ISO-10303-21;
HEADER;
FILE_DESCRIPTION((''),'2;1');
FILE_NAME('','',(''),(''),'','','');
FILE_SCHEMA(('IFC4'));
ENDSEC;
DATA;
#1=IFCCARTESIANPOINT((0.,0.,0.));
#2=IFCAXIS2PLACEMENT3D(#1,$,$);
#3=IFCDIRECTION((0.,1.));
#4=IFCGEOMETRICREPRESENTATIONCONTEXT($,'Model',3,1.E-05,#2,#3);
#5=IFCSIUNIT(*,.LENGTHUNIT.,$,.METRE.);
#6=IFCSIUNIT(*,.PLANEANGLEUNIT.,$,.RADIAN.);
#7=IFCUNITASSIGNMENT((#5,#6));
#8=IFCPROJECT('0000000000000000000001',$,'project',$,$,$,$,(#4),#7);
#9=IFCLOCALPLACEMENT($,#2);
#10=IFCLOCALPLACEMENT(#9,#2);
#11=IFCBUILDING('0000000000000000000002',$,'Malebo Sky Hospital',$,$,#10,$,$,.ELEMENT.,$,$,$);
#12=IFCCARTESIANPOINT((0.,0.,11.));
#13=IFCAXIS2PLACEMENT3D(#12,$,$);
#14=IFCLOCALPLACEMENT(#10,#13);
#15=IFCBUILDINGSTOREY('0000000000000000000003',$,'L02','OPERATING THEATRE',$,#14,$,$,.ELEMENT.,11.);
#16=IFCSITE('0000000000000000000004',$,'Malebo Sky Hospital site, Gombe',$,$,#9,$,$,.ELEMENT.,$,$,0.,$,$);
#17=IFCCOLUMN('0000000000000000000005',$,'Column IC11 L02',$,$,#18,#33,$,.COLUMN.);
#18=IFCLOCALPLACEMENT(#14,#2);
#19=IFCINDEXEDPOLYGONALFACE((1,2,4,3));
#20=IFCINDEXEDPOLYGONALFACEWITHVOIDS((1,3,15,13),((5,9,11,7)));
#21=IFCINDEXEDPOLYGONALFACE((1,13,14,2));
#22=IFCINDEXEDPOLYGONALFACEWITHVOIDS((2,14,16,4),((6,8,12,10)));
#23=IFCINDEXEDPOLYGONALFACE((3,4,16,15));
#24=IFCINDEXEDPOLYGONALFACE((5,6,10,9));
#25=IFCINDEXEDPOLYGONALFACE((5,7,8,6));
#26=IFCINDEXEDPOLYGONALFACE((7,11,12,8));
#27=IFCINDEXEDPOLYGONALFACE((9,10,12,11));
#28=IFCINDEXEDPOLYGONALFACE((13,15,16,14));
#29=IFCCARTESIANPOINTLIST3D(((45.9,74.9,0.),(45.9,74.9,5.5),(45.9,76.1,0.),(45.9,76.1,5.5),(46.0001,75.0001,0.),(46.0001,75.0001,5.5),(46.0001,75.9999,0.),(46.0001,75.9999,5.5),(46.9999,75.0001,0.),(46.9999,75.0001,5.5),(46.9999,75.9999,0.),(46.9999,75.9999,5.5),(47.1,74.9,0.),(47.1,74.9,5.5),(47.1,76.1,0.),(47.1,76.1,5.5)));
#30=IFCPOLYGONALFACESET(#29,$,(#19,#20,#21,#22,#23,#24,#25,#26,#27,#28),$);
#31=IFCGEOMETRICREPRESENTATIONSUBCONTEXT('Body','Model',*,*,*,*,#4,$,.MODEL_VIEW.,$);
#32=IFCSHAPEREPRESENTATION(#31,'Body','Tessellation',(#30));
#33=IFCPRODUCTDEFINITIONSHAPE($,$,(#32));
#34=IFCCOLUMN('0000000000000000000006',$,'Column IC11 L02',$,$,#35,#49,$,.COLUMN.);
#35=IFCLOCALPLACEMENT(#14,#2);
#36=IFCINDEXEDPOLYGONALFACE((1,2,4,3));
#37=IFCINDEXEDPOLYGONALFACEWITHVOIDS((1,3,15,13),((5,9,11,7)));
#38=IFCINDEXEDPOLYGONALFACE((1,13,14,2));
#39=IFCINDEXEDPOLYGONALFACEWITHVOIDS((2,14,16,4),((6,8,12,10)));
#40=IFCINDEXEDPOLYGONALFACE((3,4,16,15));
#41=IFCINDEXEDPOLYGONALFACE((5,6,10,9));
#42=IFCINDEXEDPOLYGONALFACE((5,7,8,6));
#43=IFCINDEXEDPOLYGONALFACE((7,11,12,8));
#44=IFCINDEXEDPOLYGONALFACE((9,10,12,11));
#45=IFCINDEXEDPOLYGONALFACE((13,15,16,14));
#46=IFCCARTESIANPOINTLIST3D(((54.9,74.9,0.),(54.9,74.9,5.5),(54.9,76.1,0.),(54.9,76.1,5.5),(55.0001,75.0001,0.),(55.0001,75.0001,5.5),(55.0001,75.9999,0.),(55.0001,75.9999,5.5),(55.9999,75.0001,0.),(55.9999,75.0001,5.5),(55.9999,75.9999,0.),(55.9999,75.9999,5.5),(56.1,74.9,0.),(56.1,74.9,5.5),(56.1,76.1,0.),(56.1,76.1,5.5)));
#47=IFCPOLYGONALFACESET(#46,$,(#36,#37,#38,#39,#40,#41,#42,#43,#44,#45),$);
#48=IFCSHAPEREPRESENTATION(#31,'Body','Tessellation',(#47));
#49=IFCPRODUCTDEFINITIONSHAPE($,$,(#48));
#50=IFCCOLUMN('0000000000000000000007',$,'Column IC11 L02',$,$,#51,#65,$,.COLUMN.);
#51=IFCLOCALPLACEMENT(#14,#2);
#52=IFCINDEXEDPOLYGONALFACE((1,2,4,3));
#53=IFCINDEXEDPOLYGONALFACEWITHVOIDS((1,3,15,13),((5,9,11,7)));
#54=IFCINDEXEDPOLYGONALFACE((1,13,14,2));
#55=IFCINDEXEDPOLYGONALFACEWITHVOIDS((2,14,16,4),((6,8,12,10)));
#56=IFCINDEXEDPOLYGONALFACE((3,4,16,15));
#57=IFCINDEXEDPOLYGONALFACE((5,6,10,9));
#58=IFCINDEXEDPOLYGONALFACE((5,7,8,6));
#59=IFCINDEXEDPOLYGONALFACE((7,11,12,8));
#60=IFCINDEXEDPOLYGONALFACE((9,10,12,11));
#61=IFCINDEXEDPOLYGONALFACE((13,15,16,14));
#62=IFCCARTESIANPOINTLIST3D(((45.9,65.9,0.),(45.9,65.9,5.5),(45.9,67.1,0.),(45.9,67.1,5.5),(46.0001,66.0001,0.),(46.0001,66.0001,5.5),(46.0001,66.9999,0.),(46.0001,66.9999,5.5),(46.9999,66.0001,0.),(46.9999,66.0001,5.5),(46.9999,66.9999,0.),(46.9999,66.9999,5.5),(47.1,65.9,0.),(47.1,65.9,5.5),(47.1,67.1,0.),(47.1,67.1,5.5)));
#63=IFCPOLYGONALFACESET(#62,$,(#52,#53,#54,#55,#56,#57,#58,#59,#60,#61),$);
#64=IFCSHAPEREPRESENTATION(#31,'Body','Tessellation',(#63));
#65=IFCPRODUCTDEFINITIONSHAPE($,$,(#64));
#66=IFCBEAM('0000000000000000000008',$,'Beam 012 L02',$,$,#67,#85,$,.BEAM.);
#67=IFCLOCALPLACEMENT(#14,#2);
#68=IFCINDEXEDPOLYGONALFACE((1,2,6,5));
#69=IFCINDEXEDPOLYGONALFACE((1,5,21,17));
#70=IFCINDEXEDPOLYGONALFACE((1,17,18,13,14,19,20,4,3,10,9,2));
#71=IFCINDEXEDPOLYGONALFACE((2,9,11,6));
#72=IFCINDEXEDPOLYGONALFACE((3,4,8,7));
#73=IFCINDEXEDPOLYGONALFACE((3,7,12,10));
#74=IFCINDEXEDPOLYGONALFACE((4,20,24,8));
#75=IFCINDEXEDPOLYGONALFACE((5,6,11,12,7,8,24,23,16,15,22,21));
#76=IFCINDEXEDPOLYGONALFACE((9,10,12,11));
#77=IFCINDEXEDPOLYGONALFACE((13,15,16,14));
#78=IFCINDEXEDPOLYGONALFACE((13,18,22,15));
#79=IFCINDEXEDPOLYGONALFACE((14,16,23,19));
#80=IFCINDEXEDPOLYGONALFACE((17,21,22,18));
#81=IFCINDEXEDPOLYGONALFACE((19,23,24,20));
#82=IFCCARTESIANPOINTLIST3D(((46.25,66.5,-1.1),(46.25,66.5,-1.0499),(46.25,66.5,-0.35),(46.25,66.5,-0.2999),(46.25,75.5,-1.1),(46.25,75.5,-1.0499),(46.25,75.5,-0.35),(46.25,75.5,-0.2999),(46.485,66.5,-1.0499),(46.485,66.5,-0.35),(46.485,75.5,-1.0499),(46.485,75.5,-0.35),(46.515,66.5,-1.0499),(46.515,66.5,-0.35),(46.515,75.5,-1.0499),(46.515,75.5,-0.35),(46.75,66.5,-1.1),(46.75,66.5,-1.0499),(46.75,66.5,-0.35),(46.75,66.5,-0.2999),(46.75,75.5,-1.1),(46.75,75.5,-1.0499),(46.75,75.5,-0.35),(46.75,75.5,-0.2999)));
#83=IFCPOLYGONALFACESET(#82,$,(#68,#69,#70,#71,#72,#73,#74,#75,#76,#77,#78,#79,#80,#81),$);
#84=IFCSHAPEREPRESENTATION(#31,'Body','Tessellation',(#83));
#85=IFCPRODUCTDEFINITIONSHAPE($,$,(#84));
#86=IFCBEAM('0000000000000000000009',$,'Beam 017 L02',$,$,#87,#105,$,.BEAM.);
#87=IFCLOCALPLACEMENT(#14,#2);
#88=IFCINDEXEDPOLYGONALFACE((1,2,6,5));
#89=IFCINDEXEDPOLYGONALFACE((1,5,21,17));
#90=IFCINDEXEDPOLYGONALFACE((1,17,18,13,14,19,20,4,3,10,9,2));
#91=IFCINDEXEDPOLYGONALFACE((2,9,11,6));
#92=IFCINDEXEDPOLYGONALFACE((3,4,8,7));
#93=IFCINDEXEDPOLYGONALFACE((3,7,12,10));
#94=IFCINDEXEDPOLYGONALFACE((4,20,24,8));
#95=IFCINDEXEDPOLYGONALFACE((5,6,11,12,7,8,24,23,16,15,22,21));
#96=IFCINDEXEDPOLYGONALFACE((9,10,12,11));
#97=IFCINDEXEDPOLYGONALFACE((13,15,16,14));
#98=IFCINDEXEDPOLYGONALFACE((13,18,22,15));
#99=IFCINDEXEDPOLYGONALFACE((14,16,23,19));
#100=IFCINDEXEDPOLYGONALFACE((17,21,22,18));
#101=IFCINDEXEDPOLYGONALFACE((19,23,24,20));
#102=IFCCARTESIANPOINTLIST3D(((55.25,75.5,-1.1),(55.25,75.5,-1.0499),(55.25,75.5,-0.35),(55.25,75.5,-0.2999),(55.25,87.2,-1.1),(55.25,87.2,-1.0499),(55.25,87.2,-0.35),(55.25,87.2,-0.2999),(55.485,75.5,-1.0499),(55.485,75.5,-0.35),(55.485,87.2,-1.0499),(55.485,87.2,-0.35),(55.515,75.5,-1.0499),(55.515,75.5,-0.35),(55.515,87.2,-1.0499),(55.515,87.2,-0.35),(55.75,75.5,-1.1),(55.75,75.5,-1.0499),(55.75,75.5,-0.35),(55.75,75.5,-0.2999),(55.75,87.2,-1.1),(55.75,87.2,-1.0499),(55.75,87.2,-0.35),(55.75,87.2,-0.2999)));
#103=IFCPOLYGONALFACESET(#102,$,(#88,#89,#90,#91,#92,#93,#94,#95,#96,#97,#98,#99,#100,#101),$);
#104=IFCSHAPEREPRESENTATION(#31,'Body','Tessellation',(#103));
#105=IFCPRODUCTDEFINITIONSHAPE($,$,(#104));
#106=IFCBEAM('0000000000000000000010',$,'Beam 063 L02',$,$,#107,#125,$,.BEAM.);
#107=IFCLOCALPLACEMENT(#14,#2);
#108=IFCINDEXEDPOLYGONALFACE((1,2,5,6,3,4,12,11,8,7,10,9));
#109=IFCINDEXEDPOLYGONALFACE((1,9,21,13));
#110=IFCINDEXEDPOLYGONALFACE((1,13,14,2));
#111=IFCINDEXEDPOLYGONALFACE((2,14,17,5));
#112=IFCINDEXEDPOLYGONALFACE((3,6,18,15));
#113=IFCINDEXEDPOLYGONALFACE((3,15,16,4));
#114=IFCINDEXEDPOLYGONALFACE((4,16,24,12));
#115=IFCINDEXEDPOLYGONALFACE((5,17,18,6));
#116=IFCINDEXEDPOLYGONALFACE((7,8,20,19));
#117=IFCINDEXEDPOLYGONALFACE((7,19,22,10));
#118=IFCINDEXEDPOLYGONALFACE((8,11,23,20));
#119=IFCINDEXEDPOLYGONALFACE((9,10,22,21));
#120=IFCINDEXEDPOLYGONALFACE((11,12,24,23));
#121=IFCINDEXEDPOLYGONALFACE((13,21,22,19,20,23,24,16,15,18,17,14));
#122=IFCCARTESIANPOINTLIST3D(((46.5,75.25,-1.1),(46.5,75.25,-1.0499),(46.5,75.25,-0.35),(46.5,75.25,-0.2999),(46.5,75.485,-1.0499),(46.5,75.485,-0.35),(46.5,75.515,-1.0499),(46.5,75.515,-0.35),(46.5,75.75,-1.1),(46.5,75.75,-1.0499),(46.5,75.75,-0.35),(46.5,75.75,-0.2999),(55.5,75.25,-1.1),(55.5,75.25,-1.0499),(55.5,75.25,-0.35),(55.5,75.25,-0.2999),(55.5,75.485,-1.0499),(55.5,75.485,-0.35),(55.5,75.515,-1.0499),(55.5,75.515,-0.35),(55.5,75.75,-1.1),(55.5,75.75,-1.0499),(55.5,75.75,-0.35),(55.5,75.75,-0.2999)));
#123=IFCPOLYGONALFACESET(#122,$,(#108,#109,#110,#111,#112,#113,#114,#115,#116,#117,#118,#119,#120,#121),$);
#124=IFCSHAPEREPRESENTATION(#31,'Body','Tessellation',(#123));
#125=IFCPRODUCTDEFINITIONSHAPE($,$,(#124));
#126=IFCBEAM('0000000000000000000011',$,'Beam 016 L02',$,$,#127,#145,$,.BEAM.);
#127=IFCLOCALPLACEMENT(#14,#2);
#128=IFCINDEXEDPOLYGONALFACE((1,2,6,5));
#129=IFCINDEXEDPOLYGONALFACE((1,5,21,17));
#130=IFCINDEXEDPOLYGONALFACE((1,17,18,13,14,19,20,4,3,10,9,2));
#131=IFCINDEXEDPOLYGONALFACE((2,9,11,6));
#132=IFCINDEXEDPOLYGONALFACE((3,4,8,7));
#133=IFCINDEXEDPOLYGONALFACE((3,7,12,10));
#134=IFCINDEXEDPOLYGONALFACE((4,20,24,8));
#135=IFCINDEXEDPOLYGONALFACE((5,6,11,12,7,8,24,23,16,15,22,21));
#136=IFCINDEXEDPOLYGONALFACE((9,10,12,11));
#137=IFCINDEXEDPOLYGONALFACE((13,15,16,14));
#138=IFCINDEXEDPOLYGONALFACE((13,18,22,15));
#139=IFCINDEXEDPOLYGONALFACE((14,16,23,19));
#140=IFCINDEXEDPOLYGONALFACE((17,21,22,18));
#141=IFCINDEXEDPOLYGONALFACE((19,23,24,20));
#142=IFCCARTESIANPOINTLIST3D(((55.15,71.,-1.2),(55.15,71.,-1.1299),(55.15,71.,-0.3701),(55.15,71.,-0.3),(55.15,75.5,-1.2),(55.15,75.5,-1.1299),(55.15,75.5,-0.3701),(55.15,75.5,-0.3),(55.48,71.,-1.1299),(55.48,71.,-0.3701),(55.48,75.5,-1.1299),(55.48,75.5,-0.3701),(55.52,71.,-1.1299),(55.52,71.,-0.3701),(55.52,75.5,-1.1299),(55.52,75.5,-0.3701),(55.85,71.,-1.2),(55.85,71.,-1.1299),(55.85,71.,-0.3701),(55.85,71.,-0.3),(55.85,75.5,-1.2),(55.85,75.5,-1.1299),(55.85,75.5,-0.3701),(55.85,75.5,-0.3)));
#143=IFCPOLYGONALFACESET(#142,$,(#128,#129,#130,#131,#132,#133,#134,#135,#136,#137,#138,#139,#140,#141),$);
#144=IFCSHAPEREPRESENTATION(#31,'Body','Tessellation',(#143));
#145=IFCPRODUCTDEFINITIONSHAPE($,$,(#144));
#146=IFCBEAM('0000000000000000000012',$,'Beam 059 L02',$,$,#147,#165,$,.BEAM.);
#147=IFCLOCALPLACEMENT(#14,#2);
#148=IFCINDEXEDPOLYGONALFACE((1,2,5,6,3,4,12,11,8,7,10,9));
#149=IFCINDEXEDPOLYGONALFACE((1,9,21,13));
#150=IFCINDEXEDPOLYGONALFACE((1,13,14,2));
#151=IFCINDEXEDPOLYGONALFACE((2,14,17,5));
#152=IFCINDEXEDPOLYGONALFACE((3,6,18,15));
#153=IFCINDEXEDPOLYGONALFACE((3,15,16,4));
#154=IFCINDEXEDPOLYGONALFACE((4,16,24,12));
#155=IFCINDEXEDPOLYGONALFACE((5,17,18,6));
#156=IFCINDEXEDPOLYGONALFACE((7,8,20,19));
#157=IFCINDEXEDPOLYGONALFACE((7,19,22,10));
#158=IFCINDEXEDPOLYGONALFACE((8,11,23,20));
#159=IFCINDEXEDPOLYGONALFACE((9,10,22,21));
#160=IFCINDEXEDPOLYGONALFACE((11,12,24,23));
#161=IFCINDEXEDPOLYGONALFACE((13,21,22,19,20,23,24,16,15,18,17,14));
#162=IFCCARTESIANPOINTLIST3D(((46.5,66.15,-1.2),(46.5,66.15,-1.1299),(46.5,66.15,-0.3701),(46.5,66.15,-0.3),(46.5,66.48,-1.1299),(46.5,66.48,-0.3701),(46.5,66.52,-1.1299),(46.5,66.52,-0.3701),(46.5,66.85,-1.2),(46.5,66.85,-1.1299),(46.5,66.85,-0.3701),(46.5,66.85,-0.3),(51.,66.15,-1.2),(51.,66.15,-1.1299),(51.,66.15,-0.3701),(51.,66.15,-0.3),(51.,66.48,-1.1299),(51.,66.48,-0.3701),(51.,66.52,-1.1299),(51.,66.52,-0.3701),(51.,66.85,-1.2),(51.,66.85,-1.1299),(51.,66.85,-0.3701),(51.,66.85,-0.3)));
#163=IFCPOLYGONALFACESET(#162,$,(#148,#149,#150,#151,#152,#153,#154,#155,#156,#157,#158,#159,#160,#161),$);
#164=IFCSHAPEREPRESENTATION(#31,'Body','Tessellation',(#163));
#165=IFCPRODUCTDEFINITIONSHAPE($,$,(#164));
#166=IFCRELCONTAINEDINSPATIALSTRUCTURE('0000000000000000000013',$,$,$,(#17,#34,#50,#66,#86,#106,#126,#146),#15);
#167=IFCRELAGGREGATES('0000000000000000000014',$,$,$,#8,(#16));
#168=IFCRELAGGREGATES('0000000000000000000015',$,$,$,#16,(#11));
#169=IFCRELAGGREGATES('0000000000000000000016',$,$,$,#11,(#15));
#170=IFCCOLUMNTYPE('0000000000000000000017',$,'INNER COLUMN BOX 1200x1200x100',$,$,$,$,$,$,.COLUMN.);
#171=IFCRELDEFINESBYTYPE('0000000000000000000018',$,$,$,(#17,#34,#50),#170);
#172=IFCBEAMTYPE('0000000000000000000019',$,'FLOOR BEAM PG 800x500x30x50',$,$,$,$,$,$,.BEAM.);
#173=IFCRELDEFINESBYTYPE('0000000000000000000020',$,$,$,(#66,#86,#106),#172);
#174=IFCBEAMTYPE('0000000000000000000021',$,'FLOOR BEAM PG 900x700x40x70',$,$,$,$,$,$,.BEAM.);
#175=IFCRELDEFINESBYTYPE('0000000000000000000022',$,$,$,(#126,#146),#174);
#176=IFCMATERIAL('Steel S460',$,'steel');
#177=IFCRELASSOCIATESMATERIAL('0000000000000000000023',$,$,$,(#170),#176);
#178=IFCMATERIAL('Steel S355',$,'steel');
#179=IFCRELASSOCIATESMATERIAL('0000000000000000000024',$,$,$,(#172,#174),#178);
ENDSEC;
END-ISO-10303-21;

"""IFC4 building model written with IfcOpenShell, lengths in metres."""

from ifc_helpers import new_model, si_unit, direction, frame, origin, origin_2d, place, context, subcontext, project, spatial, hollow_rectangle, i_section, extrude, material, material_profile, profile_set, type_object, element, save


model = new_model("IFC4")

# Units and contexts
model_context = context("Model", 3, precision=1e-05, world=origin(), true_north=direction((0.0, 1.0)))
body_context = subcontext(model_context, "Body", "Model", "MODEL_VIEW")
ifc_project = project(units=[si_unit("LENGTHUNIT", "METRE"), si_unit("PLANEANGLEUNIT", "RADIAN")], contexts=[model_context])

# Site, building, storey
site_placement = place(None, origin())
site = spatial("IfcSite", under=ifc_project, at=site_placement, Name="Malebo Sky Hospital site, Gombe", CompositionType="ELEMENT", RefElevation=0.0)
building_placement = place(site_placement, origin())
building = spatial("IfcBuilding", under=site, at=building_placement, Name="Malebo Sky Hospital", CompositionType="ELEMENT")
storey_placement = place(building_placement, frame((0.0, 0.0, 11.0)))
storey = spatial("IfcBuildingStorey", under=building, at=storey_placement, Name="L02", Description="OPERATING THEATRE", CompositionType="ELEMENT", Elevation=11.0)

# Columns
ifc_material_1 = material(Name="Steel S460", Category="steel")
ifc_material_profile_1 = material_profile(ifc_material_1, hollow_rectangle(XDim=1.2, YDim=1.2, WallThickness=0.1001, at=origin_2d()), Name="BOX 1200x1200x100")
ifc_profile_set_1 = profile_set([ifc_material_profile_1], Name="Steel S460")
column_type = type_object("IfcColumnType", Name="INNER COLUMN BOX 1200x1200x100", PredefinedType="COLUMN", material=ifc_profile_set_1)
for number, where, z_axis, x_axis, name in (
    (1, (46.5, 75.5, 0.0), (0.0, 0.0, 1.0), (1.0, 0.0, 0.0), "Column IC11 L02"),
    (2, (55.5, 75.5, 0.0), (0.0, 0.0, 1.0), (1.0, 0.0, 0.0), "Column IC11 L02"),
    (3, (46.5, 66.5, 0.0), (0.0, 0.0, 1.0), (1.0, 0.0, 0.0), "Column IC11 L02"),
):
    element("IfcColumn", number, at=place(storey_placement, frame(where, z_axis=z_axis, x_axis=x_axis)), inside=storey, type_object=column_type, Name=name, PredefinedType="COLUMN", context=body_context, shape_type="SweptSolid", body=[
        extrude(hollow_rectangle(XDim=1.2, YDim=1.2, WallThickness=0.1001, at=origin_2d()), origin(), (0.0, 0.0, 1.0), 5.5),
    ])

# Beams
ifc_material_2 = material(Name="Steel S355", Category="steel")
ifc_material_profile_2 = material_profile(ifc_material_2, i_section(OverallWidth=0.5, OverallDepth=0.8, WebThickness=0.03, FlangeThickness=0.05, at=origin_2d()), Name="PG 800x500x30x50")
ifc_profile_set_2 = profile_set([ifc_material_profile_2], Name="Steel S355")
beam_type_1 = type_object("IfcBeamType", Name="FLOOR BEAM PG 800x500x30x50", PredefinedType="BEAM", material=ifc_profile_set_2)
beam_1_placement = place(storey_placement, frame((46.5, 66.5, -0.7), z_axis=(0.0, 1.0, 0.0), x_axis=(-1.0, 0.0, 0.0)))
element("IfcBeam", 4, at=beam_1_placement, inside=storey, type_object=beam_type_1, Name="Beam 012 L02", PredefinedType="BEAM", context=body_context, shape_type="SweptSolid", body=[
    extrude(i_section(OverallWidth=0.5, OverallDepth=0.8, WebThickness=0.03, FlangeThickness=0.05, at=origin_2d()), origin(), (0.0, 0.0, 1.0), 9.0),
])
beam_2_placement = place(storey_placement, frame((55.5, 75.5, -0.7), z_axis=(0.0, 1.0, 0.0), x_axis=(-1.0, 0.0, 0.0)))
element("IfcBeam", 5, at=beam_2_placement, inside=storey, type_object=beam_type_1, Name="Beam 017 L02", PredefinedType="BEAM", context=body_context, shape_type="SweptSolid", body=[
    extrude(i_section(OverallWidth=0.5, OverallDepth=0.8, WebThickness=0.03, FlangeThickness=0.05, at=origin_2d()), origin(), (0.0, 0.0, 1.0), 11.7),
])
beam_3_placement = place(storey_placement, frame((46.5, 75.5, -0.7), z_axis=(1.0, 0.0, 0.0), x_axis=(0.0, 1.0, 0.0)))
element("IfcBeam", 6, at=beam_3_placement, inside=storey, type_object=beam_type_1, Name="Beam 063 L02", PredefinedType="BEAM", context=body_context, shape_type="SweptSolid", body=[
    extrude(i_section(OverallWidth=0.5, OverallDepth=0.8, WebThickness=0.03, FlangeThickness=0.05, at=origin_2d()), origin(), (0.0, 0.0, 1.0), 9.0),
])
ifc_material_profile_3 = material_profile(ifc_material_2, i_section(OverallWidth=0.7, OverallDepth=0.8999, WebThickness=0.04, FlangeThickness=0.0701, at=origin_2d()), Name="PG 900x700x40x70")
ifc_profile_set_3 = profile_set([ifc_material_profile_3], Name="Steel S355")
beam_type_2 = type_object("IfcBeamType", Name="FLOOR BEAM PG 900x700x40x70", PredefinedType="BEAM", material=ifc_profile_set_3)
for number, where, z_axis, x_axis, name in (
    (7, (55.5, 71.0, -0.75), (0.0, 1.0, 0.0), (-1.0, 0.0, 0.0), "Beam 016 L02"),
    (8, (46.5, 66.5, -0.75), (1.0, 0.0, 0.0), (0.0, 1.0, 0.0), "Beam 059 L02"),
):
    element("IfcBeam", number, at=place(storey_placement, frame(where, z_axis=z_axis, x_axis=x_axis)), inside=storey, type_object=beam_type_2, Name=name, PredefinedType="BEAM", context=body_context, shape_type="SweptSolid", body=[
        extrude(i_section(OverallWidth=0.7, OverallDepth=0.8999, WebThickness=0.04, FlangeThickness=0.0701, at=origin_2d()), origin(), (0.0, 0.0, 1.0), 4.5),
    ])

save(model, "model.ifc")
